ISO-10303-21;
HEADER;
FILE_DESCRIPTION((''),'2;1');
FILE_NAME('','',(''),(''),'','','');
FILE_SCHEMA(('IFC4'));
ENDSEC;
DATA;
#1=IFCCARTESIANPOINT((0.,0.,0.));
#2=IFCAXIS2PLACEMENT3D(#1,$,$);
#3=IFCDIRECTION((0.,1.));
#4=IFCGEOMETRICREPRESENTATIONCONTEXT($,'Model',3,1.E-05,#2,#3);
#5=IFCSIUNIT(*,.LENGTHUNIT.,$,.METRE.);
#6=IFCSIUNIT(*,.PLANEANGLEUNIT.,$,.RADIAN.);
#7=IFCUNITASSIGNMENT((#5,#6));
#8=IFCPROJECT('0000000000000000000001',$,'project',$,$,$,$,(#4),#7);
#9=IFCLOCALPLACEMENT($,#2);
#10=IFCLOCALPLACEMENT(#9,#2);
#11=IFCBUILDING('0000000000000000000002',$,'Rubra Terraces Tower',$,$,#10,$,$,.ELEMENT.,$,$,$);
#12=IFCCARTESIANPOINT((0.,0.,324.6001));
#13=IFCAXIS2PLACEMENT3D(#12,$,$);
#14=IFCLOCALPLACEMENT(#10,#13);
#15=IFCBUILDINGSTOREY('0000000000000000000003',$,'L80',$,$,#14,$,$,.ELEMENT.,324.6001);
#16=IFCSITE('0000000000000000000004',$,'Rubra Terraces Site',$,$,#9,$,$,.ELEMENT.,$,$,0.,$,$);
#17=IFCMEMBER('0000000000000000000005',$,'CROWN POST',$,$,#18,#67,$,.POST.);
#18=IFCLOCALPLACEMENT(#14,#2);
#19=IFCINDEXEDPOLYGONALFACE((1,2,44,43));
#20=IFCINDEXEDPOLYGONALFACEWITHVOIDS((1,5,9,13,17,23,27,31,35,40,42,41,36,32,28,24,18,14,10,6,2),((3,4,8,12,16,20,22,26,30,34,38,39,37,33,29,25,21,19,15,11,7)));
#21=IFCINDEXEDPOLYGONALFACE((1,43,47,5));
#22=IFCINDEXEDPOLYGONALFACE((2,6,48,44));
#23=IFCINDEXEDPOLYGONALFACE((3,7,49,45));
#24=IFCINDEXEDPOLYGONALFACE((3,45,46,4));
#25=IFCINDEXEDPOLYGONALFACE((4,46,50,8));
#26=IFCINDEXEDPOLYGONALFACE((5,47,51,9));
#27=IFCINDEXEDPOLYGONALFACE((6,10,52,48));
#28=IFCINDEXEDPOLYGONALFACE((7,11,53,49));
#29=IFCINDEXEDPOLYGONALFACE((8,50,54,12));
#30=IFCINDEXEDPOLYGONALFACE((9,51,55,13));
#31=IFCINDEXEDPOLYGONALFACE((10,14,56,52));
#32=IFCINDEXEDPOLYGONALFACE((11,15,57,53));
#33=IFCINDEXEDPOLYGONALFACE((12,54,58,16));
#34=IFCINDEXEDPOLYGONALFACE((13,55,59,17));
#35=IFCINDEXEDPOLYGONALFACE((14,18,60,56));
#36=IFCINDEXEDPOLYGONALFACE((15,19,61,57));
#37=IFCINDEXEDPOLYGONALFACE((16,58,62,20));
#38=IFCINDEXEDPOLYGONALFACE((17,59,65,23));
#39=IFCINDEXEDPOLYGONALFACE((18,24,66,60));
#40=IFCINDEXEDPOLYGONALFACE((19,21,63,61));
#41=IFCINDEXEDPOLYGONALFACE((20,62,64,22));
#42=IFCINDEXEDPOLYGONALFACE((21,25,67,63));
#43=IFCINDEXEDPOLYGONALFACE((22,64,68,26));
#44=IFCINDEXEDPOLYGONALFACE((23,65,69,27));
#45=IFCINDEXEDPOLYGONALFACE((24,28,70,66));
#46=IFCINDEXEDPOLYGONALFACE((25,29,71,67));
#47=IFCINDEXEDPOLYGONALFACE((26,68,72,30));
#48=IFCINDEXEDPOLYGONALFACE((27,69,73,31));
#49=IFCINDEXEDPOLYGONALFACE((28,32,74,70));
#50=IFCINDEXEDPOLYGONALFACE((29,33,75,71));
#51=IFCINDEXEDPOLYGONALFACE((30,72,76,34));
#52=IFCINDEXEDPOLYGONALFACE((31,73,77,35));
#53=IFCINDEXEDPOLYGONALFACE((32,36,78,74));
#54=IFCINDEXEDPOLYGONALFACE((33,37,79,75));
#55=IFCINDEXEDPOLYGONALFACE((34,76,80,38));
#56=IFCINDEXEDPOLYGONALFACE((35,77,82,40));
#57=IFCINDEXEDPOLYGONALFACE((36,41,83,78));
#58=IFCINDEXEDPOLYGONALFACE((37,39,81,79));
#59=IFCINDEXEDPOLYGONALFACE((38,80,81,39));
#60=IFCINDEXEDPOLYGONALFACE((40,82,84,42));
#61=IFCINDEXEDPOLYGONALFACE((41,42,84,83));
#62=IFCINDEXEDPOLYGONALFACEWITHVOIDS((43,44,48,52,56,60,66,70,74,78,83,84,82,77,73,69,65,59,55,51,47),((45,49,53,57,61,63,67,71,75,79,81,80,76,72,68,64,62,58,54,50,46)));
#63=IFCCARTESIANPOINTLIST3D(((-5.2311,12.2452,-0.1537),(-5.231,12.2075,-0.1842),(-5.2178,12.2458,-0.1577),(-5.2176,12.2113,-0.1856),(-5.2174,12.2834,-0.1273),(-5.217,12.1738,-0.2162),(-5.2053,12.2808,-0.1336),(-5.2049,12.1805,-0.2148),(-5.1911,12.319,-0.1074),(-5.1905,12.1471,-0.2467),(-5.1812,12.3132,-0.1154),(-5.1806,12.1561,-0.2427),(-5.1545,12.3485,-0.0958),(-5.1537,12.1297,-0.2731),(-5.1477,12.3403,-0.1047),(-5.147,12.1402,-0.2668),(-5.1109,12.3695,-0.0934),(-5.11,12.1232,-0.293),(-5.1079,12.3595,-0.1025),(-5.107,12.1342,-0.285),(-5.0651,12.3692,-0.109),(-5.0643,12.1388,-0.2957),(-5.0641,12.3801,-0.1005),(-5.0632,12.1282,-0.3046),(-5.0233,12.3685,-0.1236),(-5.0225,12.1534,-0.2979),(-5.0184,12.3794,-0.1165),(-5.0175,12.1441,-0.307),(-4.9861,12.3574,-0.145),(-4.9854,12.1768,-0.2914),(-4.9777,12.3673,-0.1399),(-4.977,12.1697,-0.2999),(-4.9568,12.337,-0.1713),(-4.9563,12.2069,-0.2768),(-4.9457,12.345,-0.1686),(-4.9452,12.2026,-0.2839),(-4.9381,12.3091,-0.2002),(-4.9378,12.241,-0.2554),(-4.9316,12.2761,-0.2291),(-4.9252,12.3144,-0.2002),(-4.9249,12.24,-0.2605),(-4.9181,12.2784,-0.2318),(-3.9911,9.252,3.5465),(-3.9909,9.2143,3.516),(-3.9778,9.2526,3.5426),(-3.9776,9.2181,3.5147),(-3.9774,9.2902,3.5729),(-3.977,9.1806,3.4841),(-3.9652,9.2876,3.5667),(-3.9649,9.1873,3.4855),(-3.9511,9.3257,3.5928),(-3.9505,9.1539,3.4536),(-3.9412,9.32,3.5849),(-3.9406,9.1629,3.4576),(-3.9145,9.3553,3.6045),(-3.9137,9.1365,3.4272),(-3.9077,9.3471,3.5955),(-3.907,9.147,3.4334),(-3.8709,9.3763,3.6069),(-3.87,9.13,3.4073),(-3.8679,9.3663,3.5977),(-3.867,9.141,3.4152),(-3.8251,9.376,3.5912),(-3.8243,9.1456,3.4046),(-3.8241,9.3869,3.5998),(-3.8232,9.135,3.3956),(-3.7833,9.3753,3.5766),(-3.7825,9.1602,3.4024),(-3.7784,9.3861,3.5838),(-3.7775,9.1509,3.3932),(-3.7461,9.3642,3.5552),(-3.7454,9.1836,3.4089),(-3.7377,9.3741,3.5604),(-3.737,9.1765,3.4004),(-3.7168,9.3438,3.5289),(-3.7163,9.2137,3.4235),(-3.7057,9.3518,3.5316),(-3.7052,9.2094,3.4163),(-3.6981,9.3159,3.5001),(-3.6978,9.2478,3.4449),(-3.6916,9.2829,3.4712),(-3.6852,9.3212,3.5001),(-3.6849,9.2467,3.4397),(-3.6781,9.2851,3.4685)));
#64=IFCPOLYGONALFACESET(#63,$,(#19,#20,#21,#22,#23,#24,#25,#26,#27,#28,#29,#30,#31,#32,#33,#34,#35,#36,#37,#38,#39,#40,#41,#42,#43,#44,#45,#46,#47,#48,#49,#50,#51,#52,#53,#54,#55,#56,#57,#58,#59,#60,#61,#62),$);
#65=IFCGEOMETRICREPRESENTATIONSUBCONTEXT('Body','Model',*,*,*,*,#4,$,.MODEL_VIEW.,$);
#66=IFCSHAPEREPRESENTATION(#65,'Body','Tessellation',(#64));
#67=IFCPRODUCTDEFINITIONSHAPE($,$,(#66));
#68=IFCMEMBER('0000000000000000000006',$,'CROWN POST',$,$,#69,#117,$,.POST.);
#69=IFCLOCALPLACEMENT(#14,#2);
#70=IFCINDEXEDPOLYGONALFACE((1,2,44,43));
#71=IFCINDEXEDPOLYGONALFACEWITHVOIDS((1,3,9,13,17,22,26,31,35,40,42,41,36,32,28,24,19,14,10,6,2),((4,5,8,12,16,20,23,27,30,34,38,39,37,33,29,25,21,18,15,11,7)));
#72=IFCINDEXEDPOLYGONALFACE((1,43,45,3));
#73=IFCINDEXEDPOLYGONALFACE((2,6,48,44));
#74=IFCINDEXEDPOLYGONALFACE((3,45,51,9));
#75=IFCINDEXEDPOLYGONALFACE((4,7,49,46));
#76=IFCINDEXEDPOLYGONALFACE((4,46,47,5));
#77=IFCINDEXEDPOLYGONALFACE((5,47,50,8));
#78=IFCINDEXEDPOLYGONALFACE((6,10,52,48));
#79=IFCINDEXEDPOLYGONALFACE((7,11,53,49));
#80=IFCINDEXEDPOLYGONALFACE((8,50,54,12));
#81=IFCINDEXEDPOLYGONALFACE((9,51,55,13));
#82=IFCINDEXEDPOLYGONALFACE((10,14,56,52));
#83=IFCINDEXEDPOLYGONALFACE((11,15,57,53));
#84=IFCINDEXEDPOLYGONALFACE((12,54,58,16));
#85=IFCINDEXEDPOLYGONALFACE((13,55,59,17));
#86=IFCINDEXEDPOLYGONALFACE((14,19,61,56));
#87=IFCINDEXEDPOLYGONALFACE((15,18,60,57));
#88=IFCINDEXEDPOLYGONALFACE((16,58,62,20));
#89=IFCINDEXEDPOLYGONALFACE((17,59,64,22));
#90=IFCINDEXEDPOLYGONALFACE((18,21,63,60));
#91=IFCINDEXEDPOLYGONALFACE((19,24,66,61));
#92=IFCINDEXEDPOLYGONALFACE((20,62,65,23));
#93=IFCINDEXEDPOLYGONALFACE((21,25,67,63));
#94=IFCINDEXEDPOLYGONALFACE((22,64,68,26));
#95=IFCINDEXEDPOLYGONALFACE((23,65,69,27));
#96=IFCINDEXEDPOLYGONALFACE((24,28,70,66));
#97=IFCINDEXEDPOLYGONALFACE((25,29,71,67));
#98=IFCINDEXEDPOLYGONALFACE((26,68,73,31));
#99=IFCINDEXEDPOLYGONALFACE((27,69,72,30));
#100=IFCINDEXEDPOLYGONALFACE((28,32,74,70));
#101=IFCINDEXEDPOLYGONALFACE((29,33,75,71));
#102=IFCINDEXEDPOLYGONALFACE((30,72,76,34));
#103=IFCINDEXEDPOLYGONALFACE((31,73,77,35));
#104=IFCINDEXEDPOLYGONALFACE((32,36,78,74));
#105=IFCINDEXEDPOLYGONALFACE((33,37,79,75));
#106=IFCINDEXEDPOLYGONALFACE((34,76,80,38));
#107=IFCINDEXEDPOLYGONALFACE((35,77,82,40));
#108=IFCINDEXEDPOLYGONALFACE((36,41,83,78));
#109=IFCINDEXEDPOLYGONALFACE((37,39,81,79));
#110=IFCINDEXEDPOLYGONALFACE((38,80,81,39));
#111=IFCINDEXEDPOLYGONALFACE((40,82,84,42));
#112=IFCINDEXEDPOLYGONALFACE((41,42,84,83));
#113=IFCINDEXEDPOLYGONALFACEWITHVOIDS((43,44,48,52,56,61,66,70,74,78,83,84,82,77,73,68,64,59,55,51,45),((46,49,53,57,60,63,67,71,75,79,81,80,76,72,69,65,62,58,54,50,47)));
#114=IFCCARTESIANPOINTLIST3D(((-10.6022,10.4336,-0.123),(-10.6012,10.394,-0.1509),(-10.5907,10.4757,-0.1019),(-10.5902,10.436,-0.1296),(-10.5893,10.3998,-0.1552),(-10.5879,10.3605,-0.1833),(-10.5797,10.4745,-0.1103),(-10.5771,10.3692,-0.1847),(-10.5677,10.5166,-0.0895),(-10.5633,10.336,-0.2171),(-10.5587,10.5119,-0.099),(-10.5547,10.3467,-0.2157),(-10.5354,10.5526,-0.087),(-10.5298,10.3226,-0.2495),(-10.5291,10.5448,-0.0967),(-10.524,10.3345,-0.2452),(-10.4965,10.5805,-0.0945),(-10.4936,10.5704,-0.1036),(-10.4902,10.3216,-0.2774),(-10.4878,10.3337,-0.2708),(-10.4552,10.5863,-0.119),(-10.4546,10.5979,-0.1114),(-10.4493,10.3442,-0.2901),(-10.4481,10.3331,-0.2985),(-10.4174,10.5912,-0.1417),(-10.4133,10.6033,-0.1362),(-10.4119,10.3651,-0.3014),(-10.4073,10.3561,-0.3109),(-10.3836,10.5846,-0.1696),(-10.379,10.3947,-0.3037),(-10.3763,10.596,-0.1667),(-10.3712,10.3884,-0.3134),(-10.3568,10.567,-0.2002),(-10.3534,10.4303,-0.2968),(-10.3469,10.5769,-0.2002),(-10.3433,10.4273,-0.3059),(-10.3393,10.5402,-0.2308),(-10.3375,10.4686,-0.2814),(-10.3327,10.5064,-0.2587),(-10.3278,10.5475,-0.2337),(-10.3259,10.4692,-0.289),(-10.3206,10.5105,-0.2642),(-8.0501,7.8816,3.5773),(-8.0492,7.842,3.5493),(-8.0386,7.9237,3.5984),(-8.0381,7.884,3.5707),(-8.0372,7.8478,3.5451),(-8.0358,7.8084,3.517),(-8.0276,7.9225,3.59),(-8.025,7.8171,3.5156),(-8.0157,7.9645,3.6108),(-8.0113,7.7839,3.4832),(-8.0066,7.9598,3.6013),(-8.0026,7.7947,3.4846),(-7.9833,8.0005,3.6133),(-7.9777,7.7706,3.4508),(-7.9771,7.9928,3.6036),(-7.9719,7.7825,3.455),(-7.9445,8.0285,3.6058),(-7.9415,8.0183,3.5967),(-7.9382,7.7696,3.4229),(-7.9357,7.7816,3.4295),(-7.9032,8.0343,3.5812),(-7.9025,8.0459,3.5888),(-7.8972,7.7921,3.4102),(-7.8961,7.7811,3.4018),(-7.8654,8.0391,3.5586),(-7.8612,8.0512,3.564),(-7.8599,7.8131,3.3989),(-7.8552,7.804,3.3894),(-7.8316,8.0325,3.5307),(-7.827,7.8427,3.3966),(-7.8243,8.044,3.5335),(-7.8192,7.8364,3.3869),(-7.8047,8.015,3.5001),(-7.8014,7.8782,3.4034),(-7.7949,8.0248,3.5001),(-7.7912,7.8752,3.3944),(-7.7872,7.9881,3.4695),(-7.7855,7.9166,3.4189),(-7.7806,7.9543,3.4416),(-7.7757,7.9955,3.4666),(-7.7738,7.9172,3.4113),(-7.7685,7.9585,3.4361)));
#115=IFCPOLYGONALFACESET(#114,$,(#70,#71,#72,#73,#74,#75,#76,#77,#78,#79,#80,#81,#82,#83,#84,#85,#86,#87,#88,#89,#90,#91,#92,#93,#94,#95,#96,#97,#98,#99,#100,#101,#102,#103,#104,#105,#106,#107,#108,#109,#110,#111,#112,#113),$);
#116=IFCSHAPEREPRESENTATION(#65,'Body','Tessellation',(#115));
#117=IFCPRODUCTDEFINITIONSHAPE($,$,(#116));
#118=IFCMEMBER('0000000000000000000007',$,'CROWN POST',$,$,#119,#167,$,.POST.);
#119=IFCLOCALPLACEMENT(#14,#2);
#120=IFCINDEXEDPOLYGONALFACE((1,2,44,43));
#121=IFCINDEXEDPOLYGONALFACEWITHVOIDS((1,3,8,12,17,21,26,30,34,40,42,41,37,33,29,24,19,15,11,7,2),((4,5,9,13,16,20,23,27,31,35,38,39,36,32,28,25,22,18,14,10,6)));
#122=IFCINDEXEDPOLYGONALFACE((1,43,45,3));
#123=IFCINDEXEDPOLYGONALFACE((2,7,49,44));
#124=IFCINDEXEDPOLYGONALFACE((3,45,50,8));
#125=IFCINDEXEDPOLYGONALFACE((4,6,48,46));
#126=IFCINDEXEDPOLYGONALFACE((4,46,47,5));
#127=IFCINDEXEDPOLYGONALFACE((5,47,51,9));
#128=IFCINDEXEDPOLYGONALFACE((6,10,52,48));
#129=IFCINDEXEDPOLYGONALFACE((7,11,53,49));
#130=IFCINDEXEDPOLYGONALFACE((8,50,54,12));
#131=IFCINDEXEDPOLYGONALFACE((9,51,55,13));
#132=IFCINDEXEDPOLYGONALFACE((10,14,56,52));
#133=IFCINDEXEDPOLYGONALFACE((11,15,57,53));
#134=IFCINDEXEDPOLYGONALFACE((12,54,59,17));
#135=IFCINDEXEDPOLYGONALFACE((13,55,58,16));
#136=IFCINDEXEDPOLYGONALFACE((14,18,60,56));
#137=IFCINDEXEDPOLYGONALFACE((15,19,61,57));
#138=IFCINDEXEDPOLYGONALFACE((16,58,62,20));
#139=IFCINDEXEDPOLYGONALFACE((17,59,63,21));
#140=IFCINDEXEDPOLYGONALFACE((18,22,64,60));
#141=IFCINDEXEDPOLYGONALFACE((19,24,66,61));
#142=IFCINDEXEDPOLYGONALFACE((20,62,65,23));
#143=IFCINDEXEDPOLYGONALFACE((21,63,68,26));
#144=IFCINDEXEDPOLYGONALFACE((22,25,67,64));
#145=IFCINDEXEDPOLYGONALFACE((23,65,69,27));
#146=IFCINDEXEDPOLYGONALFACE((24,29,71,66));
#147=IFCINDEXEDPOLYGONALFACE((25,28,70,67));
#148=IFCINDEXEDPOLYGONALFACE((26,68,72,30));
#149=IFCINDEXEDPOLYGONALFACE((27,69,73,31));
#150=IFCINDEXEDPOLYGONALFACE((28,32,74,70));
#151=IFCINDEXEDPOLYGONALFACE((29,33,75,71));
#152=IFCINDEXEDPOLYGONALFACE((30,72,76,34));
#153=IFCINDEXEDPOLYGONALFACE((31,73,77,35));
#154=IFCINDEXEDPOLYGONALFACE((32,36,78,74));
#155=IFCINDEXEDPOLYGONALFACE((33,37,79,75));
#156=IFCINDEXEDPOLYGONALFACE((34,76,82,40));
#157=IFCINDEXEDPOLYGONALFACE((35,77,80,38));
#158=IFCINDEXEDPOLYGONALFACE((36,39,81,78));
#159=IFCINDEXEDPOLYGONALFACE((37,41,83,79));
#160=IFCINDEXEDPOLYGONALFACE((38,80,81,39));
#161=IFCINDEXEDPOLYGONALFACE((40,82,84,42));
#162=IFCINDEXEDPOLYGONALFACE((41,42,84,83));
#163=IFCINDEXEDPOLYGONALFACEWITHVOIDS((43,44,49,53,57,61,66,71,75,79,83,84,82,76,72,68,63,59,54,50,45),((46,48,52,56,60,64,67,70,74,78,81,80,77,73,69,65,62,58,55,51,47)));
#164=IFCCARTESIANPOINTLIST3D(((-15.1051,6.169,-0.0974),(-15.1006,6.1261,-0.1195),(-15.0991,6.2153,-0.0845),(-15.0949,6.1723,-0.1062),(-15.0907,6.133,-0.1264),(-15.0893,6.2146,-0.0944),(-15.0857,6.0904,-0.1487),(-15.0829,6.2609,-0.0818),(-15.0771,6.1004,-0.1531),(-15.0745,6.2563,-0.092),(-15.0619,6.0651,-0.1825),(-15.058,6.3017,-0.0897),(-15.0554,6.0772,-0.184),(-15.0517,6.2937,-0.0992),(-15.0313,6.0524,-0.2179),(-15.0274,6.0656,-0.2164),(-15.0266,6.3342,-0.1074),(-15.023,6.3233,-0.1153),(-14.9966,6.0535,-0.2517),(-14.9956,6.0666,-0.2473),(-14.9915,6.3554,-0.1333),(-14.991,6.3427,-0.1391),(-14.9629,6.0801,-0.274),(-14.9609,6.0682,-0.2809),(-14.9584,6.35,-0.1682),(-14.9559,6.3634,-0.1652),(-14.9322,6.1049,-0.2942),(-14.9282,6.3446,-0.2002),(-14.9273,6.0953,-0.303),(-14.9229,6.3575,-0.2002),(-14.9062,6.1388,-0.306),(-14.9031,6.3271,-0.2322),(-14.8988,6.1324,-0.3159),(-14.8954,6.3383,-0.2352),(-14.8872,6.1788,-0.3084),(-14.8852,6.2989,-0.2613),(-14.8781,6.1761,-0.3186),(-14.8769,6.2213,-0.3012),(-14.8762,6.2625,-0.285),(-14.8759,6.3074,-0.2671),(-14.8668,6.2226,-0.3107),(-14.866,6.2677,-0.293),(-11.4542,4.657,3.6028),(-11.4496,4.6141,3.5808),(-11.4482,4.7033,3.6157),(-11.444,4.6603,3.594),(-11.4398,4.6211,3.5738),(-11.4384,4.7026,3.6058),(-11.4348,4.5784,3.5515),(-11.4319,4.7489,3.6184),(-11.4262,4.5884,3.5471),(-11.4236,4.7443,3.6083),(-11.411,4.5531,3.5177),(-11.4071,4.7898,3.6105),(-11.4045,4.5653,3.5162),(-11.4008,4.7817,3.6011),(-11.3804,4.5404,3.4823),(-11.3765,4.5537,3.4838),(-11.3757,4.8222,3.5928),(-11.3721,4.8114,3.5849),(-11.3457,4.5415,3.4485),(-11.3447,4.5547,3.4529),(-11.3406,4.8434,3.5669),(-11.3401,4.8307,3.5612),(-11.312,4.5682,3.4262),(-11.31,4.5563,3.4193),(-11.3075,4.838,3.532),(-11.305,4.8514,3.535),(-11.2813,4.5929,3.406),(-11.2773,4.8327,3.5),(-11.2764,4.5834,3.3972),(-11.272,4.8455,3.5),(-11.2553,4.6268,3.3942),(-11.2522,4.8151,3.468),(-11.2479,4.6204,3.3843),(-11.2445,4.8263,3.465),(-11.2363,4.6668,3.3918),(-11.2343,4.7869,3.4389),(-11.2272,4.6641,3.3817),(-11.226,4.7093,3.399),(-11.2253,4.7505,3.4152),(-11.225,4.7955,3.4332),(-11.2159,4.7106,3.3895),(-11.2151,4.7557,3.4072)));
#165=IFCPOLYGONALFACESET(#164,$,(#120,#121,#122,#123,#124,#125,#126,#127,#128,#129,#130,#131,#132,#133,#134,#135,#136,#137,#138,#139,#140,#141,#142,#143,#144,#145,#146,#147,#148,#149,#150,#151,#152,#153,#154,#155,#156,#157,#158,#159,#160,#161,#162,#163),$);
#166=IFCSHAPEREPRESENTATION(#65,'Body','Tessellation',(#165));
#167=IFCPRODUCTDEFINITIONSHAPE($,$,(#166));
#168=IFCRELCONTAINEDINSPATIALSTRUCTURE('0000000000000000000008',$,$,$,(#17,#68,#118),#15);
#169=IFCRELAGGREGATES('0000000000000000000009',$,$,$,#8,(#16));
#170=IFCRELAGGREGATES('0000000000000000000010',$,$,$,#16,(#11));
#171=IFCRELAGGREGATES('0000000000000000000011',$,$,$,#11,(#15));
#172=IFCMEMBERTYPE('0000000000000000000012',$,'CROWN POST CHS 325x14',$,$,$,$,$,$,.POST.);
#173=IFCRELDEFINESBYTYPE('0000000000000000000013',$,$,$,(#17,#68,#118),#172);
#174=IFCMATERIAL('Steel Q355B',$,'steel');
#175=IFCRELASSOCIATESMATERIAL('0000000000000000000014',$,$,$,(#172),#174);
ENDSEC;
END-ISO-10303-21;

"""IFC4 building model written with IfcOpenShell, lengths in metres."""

from ifc_helpers import new_model, si_unit, direction, frame, origin, origin_2d, place, context, subcontext, project, spatial, hollow_circle, extrude, material, material_profile, profile_set, type_object, element, save


model = new_model("IFC4")

# Units and contexts
model_context = context("Model", 3, precision=1e-05, world=origin(), true_north=direction((0.0, 1.0)))
body_context = subcontext(model_context, "Body", "Model", "MODEL_VIEW")
ifc_project = project(units=[si_unit("LENGTHUNIT", "METRE"), si_unit("PLANEANGLEUNIT", "RADIAN")], contexts=[model_context])

# Site, building, storey
site_placement = place(None, origin())
site = spatial("IfcSite", under=ifc_project, at=site_placement, Name="Rubra Terraces Site", CompositionType="ELEMENT", RefElevation=0.0)
building_placement = place(site_placement, origin())
building = spatial("IfcBuilding", under=site, at=building_placement, Name="Rubra Terraces Tower", CompositionType="ELEMENT")
storey_placement = place(building_placement, frame((0.0, 0.0, 324.6001)))
storey = spatial("IfcBuildingStorey", under=building, at=storey_placement, Name="L80", CompositionType="ELEMENT", Elevation=324.6001)

# Members
ifc_material_1 = material(Name="Steel Q355B", Category="steel")
ifc_material_profile_1 = material_profile(ifc_material_1, hollow_circle(Radius=0.1626, WallThickness=0.0139, at=origin_2d()), Name="CHS 325x14")
ifc_profile_set_1 = profile_set([ifc_material_profile_1], Name="Steel Q355B")
member_type_1 = type_object("IfcMemberType", Name="CROWN POST CHS 325x14", PredefinedType="POST", material=ifc_profile_set_1)
member_1_placement = place(storey_placement, frame((-5.0754, 12.2522, -0.2002), z_axis=(0.252126, -0.608597, 0.752357), x_axis=(0.92386, 0.382731, 0.0)))
element("IfcMember", 1, at=member_1_placement, inside=storey, type_object=member_type_1, Name="CROWN POST", PredefinedType="POST", context=body_context, shape_type="SweptSolid", body=[
    extrude(hollow_circle(Radius=0.1626, WallThickness=0.0139, at=origin_2d()), origin(), (0.0, 0.0, 1.0), 4.9182),
])
member_2_placement = place(storey_placement, frame((-10.4619, 10.4619, -0.2002), z_axis=(0.493728, -0.493728, 0.715866), x_axis=(0.707107, 0.707107, 0.0)))
element("IfcMember", 2, at=member_2_placement, inside=storey, type_object=member_type_1, Name="CROWN POST", PredefinedType="POST", context=body_context, shape_type="SweptSolid", body=[
    extrude(hollow_circle(Radius=0.1626, WallThickness=0.0139, at=origin_2d()), origin(), (0.0, 0.0, 1.0), 5.1689),
])
member_3_placement = place(storey_placement, frame((-14.9851, 6.2073, -0.2002), z_axis=(0.674398, -0.279293, 0.683508), x_axis=(0.382623, 0.923905, 0.0)))
element("IfcMember", 3, at=member_3_placement, inside=storey, type_object=member_type_1, Name="CROWN POST", PredefinedType="POST", context=body_context, shape_type="SweptSolid", body=[
    extrude(hollow_circle(Radius=0.1626, WallThickness=0.0139, at=origin_2d()), origin(), (0.0, 0.0, 1.0), 5.4136),
])

save(model, "model.ifc")
